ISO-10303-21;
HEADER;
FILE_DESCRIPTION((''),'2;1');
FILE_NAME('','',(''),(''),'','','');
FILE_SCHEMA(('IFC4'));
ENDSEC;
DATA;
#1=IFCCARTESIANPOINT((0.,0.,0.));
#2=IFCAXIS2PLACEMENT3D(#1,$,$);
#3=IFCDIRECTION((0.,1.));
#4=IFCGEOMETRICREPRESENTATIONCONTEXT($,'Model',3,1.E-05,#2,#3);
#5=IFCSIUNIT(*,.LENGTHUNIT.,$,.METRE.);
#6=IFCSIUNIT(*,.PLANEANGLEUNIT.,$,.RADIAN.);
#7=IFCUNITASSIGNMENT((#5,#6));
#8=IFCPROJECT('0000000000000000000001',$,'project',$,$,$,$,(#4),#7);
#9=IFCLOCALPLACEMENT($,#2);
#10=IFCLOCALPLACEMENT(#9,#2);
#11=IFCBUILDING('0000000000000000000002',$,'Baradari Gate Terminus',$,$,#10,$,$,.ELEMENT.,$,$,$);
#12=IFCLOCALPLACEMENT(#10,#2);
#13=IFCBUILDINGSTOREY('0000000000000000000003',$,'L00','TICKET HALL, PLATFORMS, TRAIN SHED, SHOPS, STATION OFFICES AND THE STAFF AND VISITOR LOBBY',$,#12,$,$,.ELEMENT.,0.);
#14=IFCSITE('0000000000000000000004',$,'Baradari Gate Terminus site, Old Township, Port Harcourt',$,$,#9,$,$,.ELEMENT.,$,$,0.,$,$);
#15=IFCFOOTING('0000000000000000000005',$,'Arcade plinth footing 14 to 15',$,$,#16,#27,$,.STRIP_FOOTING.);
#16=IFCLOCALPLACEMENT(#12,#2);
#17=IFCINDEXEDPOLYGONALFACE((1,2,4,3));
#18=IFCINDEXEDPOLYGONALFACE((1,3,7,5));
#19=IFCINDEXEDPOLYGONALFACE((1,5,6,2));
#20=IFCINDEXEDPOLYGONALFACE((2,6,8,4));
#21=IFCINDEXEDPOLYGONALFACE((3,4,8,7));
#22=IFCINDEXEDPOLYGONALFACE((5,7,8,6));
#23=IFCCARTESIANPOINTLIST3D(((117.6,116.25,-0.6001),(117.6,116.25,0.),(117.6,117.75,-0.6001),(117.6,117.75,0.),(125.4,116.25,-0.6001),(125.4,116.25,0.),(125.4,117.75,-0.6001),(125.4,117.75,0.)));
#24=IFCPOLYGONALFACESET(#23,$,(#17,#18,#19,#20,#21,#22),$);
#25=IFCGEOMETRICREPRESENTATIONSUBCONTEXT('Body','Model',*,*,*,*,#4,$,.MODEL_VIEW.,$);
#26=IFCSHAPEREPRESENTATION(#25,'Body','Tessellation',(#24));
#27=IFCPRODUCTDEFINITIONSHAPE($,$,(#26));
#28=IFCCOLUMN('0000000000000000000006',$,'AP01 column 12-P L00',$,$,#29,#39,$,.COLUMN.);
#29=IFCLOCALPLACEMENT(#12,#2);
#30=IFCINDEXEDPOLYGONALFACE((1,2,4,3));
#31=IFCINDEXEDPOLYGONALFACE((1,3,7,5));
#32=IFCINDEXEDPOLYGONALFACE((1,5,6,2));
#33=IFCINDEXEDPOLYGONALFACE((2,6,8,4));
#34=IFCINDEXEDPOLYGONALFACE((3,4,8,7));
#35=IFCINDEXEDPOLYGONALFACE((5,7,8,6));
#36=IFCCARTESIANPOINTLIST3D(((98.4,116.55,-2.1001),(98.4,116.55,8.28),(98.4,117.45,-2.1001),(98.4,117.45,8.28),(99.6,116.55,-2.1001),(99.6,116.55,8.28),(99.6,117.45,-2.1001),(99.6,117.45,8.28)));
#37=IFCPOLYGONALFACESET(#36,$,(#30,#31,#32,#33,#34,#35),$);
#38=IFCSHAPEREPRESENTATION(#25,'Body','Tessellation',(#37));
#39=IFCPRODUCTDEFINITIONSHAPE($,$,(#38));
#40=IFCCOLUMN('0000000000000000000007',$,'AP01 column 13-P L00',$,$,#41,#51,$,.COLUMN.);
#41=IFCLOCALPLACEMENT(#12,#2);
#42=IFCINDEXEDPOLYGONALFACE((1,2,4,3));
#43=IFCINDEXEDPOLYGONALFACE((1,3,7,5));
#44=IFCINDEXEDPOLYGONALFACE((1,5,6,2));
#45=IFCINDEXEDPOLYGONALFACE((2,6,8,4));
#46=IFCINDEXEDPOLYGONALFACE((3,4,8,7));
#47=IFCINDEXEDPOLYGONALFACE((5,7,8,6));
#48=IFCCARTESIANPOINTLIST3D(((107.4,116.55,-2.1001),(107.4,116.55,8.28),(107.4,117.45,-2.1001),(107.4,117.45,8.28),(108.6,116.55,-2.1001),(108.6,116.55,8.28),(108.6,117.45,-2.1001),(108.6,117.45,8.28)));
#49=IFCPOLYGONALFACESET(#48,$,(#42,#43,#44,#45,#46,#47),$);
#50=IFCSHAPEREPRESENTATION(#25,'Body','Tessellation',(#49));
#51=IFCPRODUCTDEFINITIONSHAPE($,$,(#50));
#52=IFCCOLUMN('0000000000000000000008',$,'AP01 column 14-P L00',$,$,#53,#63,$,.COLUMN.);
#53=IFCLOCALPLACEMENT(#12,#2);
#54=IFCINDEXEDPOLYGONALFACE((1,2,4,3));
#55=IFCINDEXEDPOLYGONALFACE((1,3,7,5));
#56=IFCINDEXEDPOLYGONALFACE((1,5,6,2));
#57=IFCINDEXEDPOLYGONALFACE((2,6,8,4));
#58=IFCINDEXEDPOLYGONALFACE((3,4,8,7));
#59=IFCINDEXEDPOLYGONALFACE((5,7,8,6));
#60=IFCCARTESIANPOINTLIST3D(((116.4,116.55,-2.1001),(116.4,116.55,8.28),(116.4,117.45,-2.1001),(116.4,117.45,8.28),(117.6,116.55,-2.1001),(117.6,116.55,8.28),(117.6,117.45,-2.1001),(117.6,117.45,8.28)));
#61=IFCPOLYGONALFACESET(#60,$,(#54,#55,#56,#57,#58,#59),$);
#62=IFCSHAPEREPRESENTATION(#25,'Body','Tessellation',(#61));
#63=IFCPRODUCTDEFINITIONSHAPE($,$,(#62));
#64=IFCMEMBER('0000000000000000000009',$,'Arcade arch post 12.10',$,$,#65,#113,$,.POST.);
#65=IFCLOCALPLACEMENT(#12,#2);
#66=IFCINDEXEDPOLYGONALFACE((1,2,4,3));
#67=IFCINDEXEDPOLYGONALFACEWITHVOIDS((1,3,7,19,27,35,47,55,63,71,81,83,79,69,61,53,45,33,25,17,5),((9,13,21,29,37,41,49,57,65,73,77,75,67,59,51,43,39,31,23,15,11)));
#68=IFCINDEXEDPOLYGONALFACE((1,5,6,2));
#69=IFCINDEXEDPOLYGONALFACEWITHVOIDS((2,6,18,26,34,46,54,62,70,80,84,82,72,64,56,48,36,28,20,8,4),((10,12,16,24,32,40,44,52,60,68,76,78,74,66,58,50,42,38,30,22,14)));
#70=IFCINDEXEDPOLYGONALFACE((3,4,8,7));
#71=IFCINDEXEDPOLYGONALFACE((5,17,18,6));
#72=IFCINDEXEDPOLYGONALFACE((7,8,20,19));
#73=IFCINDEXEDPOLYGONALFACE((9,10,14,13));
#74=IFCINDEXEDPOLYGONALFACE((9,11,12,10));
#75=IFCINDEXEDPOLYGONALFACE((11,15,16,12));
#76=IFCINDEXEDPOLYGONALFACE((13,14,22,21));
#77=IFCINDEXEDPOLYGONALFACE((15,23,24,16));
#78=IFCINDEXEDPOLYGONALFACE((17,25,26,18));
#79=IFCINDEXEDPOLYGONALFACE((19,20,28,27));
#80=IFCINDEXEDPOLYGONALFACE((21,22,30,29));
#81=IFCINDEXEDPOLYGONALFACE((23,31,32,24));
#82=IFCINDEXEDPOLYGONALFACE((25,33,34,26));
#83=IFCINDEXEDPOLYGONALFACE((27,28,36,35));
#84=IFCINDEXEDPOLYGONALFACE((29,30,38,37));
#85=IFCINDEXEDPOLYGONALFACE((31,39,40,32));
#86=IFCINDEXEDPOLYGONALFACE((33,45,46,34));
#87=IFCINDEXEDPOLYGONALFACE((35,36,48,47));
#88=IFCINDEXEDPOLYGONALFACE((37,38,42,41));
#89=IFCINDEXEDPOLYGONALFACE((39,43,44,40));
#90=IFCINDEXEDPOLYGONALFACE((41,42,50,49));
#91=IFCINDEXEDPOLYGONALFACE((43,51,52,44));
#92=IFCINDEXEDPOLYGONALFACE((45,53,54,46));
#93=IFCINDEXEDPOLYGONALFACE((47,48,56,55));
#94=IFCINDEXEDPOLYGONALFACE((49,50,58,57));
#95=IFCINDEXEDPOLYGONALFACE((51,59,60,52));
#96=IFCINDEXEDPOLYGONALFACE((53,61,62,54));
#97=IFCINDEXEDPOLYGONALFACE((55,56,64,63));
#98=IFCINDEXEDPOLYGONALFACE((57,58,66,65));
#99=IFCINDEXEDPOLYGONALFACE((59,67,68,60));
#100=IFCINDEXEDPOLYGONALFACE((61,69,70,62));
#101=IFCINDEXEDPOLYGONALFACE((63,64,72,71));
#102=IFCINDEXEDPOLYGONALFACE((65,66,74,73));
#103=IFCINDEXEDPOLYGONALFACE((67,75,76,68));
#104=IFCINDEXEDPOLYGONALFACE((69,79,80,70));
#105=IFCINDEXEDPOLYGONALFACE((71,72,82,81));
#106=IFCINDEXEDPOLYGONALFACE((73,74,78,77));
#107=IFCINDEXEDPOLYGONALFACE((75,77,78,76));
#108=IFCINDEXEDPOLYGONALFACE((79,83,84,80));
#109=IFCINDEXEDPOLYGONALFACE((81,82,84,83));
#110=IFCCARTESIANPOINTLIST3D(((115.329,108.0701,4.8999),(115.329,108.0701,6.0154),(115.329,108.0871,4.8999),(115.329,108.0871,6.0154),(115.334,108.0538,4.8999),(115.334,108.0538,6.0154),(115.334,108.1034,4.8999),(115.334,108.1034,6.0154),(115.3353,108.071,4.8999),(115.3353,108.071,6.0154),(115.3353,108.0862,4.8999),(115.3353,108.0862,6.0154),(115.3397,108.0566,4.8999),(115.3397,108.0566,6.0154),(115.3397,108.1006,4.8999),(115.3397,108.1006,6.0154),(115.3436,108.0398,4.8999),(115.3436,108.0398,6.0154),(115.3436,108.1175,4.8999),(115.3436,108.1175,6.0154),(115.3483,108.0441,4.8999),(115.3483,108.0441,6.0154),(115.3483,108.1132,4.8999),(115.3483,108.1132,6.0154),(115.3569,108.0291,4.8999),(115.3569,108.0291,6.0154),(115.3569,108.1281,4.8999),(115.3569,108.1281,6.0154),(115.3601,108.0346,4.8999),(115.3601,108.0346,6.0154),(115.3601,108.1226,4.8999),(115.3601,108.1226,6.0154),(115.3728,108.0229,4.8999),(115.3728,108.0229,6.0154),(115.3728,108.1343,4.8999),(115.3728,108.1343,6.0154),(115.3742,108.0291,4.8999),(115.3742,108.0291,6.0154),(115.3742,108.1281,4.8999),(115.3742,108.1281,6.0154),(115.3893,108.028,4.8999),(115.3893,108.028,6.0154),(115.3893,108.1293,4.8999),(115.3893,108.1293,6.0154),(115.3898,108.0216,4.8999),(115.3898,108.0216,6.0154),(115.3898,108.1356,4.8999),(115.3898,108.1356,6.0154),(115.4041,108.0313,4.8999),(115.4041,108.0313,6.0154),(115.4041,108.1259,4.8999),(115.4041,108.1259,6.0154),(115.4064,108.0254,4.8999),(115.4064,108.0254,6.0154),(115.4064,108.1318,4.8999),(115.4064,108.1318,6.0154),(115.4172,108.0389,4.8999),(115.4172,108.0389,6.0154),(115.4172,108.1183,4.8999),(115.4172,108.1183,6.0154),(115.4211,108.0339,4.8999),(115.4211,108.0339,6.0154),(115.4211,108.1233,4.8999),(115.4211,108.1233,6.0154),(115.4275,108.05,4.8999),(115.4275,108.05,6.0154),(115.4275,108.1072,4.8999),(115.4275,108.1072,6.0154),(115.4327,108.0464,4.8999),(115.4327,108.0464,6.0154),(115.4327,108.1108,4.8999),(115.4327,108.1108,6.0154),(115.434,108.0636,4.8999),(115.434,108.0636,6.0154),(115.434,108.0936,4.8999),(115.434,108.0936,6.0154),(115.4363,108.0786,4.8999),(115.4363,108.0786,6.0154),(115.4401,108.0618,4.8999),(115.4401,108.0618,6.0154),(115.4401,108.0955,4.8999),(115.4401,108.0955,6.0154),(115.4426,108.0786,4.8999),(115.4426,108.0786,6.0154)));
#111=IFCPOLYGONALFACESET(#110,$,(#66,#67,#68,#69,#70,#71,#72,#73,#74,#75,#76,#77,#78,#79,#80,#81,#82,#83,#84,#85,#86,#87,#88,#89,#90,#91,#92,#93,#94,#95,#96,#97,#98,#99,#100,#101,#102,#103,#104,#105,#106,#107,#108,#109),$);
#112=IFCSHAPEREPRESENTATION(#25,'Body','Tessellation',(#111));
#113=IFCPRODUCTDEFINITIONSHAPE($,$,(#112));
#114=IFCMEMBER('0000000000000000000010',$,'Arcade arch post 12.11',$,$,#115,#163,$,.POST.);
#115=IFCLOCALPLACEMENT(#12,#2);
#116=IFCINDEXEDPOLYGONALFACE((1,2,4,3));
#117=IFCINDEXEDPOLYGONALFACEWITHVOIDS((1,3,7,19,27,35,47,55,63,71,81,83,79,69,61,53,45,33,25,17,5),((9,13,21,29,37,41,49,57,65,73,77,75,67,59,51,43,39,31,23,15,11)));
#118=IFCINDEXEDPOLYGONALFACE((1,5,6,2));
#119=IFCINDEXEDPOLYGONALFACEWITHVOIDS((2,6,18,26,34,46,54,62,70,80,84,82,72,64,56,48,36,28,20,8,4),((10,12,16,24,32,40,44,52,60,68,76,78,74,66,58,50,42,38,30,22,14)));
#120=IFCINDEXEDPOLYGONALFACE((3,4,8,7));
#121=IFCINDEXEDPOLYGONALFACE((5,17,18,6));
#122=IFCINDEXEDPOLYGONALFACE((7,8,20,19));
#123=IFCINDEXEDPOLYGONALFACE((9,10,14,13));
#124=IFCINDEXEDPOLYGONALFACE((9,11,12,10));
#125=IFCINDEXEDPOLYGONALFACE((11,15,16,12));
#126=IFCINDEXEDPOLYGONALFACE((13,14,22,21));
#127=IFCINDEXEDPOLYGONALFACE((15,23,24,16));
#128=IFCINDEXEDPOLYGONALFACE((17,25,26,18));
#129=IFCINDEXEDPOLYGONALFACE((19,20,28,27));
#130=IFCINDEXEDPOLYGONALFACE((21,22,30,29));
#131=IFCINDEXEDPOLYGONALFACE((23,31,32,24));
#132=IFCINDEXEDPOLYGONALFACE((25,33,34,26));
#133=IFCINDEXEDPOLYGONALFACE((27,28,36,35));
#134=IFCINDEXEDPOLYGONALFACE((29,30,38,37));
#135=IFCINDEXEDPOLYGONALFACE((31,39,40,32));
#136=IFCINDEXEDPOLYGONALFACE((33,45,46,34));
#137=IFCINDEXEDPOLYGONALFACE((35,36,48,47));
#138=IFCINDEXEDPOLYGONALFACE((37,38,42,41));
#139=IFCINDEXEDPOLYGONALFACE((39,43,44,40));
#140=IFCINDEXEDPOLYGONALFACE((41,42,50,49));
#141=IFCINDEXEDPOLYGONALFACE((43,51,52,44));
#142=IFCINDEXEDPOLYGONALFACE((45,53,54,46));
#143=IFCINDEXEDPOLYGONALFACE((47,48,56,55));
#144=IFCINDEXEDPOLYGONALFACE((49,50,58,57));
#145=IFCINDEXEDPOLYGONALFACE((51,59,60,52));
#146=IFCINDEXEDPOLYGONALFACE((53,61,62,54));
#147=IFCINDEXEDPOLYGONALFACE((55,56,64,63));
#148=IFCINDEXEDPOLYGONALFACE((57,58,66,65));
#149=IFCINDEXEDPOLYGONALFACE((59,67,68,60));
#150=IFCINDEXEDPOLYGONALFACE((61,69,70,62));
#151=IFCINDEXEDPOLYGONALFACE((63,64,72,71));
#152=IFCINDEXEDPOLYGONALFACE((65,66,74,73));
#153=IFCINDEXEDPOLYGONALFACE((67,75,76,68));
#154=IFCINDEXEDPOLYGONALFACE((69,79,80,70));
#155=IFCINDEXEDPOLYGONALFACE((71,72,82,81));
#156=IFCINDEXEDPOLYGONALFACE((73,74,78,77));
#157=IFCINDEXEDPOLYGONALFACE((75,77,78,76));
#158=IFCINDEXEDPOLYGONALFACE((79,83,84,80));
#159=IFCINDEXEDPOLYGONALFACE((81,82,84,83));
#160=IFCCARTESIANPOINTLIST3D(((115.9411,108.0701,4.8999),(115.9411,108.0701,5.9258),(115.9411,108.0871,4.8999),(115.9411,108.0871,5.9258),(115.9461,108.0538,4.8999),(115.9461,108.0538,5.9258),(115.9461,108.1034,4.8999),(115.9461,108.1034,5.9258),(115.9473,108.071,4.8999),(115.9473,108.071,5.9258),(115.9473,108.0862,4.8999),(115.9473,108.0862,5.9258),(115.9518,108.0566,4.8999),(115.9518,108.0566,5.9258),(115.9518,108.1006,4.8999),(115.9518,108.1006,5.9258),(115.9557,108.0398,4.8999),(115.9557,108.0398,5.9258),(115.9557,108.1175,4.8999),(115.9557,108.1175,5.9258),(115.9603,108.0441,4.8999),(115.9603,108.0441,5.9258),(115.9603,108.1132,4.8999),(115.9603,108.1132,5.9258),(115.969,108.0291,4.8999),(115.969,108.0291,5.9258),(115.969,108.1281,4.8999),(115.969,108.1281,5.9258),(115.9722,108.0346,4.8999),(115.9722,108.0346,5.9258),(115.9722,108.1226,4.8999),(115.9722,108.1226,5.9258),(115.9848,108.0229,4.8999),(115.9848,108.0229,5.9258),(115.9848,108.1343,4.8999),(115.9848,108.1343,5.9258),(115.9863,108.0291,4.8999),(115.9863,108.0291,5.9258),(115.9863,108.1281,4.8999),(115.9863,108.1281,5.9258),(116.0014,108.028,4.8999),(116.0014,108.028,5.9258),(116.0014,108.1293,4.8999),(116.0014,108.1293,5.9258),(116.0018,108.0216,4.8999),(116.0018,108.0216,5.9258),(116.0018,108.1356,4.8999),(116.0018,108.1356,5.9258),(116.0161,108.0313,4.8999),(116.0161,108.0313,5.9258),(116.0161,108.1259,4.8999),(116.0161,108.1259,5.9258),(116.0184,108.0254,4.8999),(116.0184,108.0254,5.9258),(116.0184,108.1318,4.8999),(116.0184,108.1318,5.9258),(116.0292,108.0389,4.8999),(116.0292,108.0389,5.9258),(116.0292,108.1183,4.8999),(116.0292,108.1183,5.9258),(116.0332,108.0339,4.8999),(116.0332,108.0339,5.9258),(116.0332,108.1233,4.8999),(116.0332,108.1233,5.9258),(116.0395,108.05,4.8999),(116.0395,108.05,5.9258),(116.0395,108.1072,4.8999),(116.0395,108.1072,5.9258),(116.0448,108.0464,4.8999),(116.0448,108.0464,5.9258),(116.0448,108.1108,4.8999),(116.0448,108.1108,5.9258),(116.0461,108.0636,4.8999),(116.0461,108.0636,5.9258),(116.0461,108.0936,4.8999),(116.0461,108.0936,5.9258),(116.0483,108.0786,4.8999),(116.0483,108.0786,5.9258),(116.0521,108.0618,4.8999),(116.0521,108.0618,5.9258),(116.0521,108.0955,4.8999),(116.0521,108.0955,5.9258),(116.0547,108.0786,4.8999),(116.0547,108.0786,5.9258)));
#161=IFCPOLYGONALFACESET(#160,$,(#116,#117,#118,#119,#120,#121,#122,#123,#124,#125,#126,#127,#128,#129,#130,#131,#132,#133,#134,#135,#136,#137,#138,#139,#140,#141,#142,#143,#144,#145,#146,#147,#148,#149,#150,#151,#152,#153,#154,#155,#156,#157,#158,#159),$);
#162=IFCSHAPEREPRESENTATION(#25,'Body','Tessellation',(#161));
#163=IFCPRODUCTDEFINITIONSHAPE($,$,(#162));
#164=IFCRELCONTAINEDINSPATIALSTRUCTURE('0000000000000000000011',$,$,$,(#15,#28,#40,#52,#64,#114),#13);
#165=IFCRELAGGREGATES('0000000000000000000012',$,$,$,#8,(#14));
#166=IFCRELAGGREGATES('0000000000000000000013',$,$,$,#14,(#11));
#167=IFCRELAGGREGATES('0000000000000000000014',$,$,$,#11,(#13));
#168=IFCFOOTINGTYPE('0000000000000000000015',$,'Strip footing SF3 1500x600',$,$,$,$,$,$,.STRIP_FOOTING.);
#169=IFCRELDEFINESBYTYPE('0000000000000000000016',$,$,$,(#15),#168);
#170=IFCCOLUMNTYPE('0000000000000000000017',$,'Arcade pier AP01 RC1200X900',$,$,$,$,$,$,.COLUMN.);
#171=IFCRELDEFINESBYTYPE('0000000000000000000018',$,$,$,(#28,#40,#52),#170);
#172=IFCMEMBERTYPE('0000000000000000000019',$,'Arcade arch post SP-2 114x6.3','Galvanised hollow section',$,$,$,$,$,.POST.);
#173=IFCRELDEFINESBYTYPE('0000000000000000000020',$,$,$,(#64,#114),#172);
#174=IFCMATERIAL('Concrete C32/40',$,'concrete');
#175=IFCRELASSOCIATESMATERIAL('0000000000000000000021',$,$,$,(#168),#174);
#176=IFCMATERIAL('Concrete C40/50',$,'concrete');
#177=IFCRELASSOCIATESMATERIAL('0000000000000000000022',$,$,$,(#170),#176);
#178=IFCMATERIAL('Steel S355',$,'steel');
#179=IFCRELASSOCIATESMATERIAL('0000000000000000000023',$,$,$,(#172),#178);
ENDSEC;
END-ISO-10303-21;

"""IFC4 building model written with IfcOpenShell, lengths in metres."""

from ifc_helpers import new_model, si_unit, direction, frame, origin, origin_2d, place, context, subcontext, project, spatial, rectangle, hollow_circle, extrude, material, material_profile, profile_set, type_object, element, save


model = new_model("IFC4")

# Units and contexts
model_context = context("Model", 3, precision=1e-05, world=origin(), true_north=direction((0.0, 1.0)))
body_context = subcontext(model_context, "Body", "Model", "MODEL_VIEW")
ifc_project = project(units=[si_unit("LENGTHUNIT", "METRE"), si_unit("PLANEANGLEUNIT", "RADIAN")], contexts=[model_context])

# Site, building, storey
site_placement = place(None, origin())
site = spatial("IfcSite", under=ifc_project, at=site_placement, Name="Baradari Gate Terminus site, Old Township, Port Harcourt", CompositionType="ELEMENT", RefElevation=0.0)
building_placement = place(site_placement, origin())
building = spatial("IfcBuilding", under=site, at=building_placement, Name="Baradari Gate Terminus", CompositionType="ELEMENT")
storey_placement = place(building_placement, origin())
storey = spatial("IfcBuildingStorey", under=building, at=storey_placement, Name="L00", Description="TICKET HALL, PLATFORMS, TRAIN SHED, SHOPS, STATION OFFICES AND THE STAFF AND VISITOR LOBBY", CompositionType="ELEMENT", Elevation=0.0)

# Footing
ifc_material_1 = material(Name="Concrete C32/40", Category="concrete")
footing_type_1 = type_object("IfcFootingType", Name="Strip footing SF3 1500x600", PredefinedType="STRIP_FOOTING", material=ifc_material_1)
for number, where, z_axis, x_axis, name in (
    (1, (121.5, 117.0, -0.6001), (0.0, 0.0, 1.0), (1.0, 0.0, 0.0), "Arcade plinth footing 14 to 15"),
):
    element("IfcFooting", number, at=place(storey_placement, frame(where, z_axis=z_axis, x_axis=x_axis)), inside=storey, type_object=footing_type_1, Name=name, PredefinedType="STRIP_FOOTING", context=body_context, shape_type="SweptSolid", body=[
        extrude(rectangle(XDim=7.8, YDim=1.5, at=origin_2d()), origin(), (0.0, 0.0, 1.0), 0.6001),
    ])

# Columns
ifc_material_2 = material(Name="Concrete C40/50", Category="concrete")
ifc_material_profile_1 = material_profile(ifc_material_2, rectangle(XDim=1.2, YDim=0.8999, at=origin_2d()), Name="RC1200X900")
ifc_profile_set_1 = profile_set([ifc_material_profile_1], Name="Concrete C40/50")
column_type = type_object("IfcColumnType", Name="Arcade pier AP01 RC1200X900", PredefinedType="COLUMN", material=ifc_profile_set_1)
for number, where, z_axis, x_axis, name in (
    (2, (99.0, 117.0, -2.1001), (0.0, 0.0, 1.0), (1.0, 0.0, 0.0), "AP01 column 12-P L00"),
    (3, (108.0, 117.0, -2.1001), (0.0, 0.0, 1.0), (1.0, 0.0, 0.0), "AP01 column 13-P L00"),
    (4, (117.0, 117.0, -2.1001), (0.0, 0.0, 1.0), (1.0, 0.0, 0.0), "AP01 column 14-P L00"),
):
    element("IfcColumn", number, at=place(storey_placement, frame(where, z_axis=z_axis, x_axis=x_axis)), inside=storey, type_object=column_type, Name=name, PredefinedType="COLUMN", context=body_context, shape_type="SweptSolid", body=[
        extrude(rectangle(XDim=1.2, YDim=0.8999, at=origin_2d()), origin(), (0.0, 0.0, 1.0), 10.3801),
    ])

# Members
ifc_material_3 = material(Name="Steel S355", Category="steel")
ifc_material_profile_2 = material_profile(ifc_material_3, hollow_circle(Radius=0.0571, WallThickness=0.0063, at=origin_2d()), Name="CHS 114.3x6.3")
ifc_profile_set_2 = profile_set([ifc_material_profile_2], Name="Steel S355")
member_type = type_object("IfcMemberType", Name="Arcade arch post SP-2 114x6.3", Description="Galvanised hollow section", PredefinedType="POST", material=ifc_profile_set_2)
member_1_placement = place(storey_placement, frame((115.3855, 108.0786, 4.8999), z_axis=(0.0, 0.0, 1.0), x_axis=(1.0, 0.0, 0.0)))
element("IfcMember", 5, at=member_1_placement, inside=storey, type_object=member_type, Name="Arcade arch post 12.10", PredefinedType="POST", context=body_context, shape_type="SweptSolid", body=[
    extrude(hollow_circle(Radius=0.0571, WallThickness=0.0063, at=origin_2d()), origin(), (0.0, 0.0, 1.0), 1.1155),
])
member_2_placement = place(storey_placement, frame((115.9976, 108.0786, 4.8999), z_axis=(0.0, 0.0, 1.0), x_axis=(1.0, 0.0, 0.0)))
element("IfcMember", 6, at=member_2_placement, inside=storey, type_object=member_type, Name="Arcade arch post 12.11", PredefinedType="POST", context=body_context, shape_type="SweptSolid", body=[
    extrude(hollow_circle(Radius=0.0571, WallThickness=0.0063, at=origin_2d()), origin(), (0.0, 0.0, 1.0), 1.0259),
])

save(model, "model.ifc")
